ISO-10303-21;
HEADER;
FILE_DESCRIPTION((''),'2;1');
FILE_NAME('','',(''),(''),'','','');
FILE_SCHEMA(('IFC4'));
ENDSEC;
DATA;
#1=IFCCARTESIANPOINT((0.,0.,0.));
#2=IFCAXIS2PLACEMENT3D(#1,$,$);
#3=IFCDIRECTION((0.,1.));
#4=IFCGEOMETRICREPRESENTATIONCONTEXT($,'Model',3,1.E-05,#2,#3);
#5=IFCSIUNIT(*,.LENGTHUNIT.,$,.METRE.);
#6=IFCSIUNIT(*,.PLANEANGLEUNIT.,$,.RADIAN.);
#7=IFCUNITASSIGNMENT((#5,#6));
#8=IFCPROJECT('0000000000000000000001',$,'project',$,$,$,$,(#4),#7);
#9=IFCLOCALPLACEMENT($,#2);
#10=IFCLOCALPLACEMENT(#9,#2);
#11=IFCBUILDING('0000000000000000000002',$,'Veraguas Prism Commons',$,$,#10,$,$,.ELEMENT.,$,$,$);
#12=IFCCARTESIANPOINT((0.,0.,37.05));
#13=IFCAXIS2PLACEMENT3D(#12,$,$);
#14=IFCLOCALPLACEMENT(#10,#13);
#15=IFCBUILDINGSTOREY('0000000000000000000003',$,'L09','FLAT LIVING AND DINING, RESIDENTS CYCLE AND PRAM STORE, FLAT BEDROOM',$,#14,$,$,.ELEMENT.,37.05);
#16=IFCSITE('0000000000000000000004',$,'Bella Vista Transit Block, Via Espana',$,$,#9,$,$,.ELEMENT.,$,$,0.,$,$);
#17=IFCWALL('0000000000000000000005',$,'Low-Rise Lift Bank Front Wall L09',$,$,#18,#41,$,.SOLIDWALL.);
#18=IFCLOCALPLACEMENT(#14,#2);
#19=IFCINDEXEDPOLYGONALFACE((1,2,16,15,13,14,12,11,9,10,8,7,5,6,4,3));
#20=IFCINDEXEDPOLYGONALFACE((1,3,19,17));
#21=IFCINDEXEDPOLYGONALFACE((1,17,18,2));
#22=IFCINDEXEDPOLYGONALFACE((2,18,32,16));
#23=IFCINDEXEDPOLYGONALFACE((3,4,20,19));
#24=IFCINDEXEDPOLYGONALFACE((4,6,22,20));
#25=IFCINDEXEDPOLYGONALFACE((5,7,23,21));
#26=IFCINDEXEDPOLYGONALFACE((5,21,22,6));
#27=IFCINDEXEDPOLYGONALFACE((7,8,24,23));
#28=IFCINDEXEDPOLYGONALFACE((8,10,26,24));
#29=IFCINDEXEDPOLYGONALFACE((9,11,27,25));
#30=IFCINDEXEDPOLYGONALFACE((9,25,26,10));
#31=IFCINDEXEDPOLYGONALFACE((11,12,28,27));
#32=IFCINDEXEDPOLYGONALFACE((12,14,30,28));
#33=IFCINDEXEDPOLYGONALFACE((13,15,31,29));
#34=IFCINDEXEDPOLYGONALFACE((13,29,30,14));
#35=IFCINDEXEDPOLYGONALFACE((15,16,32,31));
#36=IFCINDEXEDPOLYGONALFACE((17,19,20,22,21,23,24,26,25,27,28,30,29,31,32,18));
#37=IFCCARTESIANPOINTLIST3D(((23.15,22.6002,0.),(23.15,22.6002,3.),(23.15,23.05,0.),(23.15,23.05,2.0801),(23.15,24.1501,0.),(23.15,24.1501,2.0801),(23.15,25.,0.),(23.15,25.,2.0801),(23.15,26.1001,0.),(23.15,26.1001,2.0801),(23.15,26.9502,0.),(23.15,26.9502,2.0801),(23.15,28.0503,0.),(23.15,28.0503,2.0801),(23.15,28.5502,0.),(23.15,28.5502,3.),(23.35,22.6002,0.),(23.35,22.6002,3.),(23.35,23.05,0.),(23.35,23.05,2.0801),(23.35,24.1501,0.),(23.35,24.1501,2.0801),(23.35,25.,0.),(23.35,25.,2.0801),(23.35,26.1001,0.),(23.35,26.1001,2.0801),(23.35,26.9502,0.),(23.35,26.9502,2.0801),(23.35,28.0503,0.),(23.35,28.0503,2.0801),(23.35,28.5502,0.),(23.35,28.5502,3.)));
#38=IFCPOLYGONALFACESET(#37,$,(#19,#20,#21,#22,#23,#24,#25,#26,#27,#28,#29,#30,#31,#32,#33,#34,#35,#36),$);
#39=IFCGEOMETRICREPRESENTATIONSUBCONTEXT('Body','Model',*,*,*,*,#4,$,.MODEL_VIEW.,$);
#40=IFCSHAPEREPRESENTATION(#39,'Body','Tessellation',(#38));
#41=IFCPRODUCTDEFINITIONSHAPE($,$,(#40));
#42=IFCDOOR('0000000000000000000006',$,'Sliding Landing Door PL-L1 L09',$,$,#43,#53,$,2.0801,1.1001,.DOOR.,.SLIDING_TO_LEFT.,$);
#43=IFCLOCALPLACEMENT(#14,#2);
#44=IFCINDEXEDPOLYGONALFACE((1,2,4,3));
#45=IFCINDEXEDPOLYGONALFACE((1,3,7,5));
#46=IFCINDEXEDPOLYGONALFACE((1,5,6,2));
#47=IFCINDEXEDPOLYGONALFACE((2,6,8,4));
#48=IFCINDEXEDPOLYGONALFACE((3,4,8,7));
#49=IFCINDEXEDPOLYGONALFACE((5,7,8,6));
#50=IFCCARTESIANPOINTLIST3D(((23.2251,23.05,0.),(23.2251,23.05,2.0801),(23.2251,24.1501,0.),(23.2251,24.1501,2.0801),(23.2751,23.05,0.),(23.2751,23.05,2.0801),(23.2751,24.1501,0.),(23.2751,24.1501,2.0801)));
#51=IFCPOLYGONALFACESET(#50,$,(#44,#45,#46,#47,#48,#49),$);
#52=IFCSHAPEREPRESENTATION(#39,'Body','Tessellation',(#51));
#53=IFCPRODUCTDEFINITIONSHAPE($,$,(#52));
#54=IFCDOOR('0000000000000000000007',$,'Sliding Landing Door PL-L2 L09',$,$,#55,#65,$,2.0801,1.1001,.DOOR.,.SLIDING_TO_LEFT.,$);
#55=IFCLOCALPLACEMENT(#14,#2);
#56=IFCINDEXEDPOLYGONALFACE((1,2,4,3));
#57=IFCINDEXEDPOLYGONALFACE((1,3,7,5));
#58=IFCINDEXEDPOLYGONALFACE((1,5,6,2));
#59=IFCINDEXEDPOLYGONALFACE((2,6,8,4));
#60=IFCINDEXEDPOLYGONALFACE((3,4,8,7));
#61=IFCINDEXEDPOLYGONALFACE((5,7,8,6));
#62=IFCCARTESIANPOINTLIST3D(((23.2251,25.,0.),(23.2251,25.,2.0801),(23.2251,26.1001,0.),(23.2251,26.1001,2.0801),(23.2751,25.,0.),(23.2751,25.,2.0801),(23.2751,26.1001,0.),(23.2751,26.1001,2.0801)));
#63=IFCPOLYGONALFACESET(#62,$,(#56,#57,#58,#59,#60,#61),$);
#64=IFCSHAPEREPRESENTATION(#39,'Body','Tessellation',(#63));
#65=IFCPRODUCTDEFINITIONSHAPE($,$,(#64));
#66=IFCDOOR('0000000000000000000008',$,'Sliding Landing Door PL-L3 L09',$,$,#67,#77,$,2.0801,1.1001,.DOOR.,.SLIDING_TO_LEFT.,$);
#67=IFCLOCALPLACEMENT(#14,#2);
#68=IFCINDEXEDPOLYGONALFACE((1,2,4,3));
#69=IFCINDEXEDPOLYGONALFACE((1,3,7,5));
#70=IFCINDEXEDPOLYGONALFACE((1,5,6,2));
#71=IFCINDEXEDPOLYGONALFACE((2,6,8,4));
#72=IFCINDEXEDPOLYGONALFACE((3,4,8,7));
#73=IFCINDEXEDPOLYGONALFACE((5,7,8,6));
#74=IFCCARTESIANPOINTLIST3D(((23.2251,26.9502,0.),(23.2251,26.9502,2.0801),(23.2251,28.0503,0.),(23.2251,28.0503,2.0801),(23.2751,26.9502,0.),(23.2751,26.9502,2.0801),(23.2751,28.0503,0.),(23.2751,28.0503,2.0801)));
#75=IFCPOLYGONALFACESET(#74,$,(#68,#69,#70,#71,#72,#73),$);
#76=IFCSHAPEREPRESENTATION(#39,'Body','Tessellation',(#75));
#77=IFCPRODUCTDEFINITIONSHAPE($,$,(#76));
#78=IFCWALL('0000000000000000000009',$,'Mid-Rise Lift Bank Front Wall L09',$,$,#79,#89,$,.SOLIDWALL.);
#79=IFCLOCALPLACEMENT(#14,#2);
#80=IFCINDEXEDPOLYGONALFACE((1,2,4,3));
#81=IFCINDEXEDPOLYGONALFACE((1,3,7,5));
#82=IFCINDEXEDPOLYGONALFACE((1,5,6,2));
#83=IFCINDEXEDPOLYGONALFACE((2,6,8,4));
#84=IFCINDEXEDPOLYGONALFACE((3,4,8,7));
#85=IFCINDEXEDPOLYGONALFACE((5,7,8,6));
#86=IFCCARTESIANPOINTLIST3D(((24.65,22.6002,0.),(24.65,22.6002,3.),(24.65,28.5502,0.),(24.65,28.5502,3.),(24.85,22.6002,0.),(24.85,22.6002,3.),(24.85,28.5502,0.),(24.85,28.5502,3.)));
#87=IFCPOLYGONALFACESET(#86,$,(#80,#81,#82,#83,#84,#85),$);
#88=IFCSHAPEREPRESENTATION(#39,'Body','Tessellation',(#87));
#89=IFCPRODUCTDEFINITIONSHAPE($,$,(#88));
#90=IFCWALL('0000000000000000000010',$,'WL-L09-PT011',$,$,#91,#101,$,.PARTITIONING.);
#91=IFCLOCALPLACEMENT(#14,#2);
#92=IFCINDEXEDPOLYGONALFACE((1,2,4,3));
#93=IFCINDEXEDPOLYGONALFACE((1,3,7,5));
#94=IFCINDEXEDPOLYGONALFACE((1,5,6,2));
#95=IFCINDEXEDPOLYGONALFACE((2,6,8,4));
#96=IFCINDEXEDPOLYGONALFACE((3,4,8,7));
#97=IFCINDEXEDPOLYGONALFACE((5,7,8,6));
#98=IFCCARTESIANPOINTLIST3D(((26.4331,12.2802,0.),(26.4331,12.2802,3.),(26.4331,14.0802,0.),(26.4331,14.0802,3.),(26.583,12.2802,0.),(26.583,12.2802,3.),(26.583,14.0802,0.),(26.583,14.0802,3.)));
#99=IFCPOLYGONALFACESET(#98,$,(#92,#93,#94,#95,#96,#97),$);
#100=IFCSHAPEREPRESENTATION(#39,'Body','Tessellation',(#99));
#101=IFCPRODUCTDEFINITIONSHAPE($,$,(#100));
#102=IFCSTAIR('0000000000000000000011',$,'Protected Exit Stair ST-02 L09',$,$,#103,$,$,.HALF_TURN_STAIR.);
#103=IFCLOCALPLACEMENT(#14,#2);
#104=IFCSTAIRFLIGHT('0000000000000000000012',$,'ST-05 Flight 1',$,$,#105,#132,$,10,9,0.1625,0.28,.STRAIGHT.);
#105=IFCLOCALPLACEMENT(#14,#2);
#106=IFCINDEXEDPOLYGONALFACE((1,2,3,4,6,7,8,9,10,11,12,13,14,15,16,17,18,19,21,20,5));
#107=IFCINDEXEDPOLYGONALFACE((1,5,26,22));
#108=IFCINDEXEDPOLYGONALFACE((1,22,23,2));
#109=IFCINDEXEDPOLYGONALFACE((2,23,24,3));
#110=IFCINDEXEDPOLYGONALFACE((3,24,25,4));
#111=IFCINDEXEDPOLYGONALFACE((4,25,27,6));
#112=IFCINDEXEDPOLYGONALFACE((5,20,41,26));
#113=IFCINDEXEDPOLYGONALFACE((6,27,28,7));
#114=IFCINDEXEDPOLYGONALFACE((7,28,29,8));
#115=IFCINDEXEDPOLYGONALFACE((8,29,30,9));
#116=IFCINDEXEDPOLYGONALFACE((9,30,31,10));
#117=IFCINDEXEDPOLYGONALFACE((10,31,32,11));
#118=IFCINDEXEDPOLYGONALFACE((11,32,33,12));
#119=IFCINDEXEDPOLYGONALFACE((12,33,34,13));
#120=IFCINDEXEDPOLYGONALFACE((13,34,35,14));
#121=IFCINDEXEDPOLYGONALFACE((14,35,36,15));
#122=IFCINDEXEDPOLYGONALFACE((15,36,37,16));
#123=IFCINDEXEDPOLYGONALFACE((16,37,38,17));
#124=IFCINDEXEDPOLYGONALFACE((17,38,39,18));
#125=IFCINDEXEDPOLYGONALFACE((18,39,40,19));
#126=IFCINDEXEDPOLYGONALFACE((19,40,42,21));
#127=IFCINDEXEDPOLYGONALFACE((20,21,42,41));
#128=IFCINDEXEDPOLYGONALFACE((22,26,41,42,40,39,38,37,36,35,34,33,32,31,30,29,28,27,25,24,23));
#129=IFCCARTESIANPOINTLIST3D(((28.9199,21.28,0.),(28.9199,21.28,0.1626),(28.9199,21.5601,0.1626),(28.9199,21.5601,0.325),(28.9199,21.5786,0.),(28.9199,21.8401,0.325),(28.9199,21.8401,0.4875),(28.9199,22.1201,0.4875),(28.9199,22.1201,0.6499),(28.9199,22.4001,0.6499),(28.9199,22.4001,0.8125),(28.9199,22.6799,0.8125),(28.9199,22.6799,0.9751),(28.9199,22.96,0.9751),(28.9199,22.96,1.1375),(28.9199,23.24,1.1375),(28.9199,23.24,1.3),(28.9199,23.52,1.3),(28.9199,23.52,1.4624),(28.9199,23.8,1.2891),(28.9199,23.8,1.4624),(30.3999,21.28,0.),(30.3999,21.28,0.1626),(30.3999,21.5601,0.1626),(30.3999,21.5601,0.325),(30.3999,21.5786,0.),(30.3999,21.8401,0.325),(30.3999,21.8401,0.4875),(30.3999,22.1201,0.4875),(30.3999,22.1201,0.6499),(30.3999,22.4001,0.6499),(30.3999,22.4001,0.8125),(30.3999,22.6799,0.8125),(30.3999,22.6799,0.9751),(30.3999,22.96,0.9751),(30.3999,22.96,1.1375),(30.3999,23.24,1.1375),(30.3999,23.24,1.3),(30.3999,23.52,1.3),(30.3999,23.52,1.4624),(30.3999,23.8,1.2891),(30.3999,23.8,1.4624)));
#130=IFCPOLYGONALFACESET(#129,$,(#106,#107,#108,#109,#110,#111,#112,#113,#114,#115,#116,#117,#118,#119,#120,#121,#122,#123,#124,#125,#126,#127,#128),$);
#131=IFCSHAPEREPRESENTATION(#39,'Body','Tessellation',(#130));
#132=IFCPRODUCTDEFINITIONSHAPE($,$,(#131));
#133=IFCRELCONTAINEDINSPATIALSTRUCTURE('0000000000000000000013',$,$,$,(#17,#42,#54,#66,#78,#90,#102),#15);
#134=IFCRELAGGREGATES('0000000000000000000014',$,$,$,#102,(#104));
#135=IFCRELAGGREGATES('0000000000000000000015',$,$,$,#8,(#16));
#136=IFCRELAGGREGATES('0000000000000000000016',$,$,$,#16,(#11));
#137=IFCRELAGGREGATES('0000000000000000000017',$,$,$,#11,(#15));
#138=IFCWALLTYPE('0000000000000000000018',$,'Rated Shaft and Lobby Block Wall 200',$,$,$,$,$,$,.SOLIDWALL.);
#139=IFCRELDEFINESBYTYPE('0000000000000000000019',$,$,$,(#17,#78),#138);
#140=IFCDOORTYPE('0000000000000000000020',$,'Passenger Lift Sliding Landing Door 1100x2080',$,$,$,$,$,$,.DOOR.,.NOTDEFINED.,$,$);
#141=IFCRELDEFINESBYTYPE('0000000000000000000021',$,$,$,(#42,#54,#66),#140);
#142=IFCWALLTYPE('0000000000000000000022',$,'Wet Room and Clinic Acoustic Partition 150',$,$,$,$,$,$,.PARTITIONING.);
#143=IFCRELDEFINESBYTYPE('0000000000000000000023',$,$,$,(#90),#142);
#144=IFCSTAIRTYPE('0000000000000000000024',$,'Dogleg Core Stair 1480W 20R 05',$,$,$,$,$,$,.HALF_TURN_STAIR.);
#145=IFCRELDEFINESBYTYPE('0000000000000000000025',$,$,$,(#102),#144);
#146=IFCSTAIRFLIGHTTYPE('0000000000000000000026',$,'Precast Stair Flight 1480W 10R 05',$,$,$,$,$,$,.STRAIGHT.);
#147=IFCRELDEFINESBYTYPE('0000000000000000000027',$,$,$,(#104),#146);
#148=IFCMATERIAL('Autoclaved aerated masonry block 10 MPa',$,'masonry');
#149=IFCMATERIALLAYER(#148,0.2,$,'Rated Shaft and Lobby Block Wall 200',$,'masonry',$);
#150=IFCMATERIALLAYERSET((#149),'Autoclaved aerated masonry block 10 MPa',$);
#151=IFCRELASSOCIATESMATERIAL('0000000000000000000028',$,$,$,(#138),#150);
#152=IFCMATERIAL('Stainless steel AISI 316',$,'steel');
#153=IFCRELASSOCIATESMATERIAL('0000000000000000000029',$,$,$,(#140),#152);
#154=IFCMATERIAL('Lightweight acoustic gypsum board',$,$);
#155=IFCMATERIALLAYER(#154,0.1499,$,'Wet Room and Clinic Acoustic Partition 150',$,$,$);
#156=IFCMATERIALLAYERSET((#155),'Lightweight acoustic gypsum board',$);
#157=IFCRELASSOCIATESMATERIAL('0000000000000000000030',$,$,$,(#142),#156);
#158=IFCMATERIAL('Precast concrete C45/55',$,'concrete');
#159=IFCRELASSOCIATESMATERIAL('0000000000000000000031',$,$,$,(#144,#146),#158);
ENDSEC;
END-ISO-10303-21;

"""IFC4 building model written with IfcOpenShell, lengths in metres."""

from ifc_helpers import new_model, si_unit, direction, frame, frame_2d, origin, place, context, subcontext, project, spatial, polyline, rectangle, outline, extrude, source, transform, mapped, material, layer, layer_set, type_object, element, fill, aggregate, save


model = new_model("IFC4")

# Units and contexts
model_context = context("Model", 3, precision=1e-05, world=origin(), true_north=direction((0.0, 1.0)))
body_context = subcontext(model_context, "Body", "Model", "MODEL_VIEW")
ifc_project = project(units=[si_unit("LENGTHUNIT", "METRE"), si_unit("PLANEANGLEUNIT", "RADIAN")], contexts=[model_context])

# Site, building, storey
site_placement = place(None, origin())
site = spatial("IfcSite", under=ifc_project, at=site_placement, Name="Bella Vista Transit Block, Via Espana", CompositionType="ELEMENT", RefElevation=0.0)
building_placement = place(site_placement, origin())
building = spatial("IfcBuilding", under=site, at=building_placement, Name="Veraguas Prism Commons", CompositionType="ELEMENT")
storey_placement = place(building_placement, frame((0.0, 0.0, 37.05)))
storey = spatial("IfcBuildingStorey", under=building, at=storey_placement, Name="L09", Description="FLAT LIVING AND DINING, RESIDENTS CYCLE AND PRAM STORE, FLAT BEDROOM", CompositionType="ELEMENT", Elevation=37.05)

# Shared definitions
ifc_material_1 = material(Name="Autoclaved aerated masonry block 10 MPa", Category="masonry")
ifc_material_2 = material(Name="Lightweight acoustic gypsum board")
ifc_layer_1 = layer(ifc_material_1, 0.2, Name="Rated Shaft and Lobby Block Wall 200", Category="masonry")
ifc_layer_set_1 = layer_set([ifc_layer_1], Name="Autoclaved aerated masonry block 10 MPa")
wall_type_1 = type_object("IfcWallType", Name="Rated Shaft and Lobby Block Wall 200", PredefinedType="SOLIDWALL", material=ifc_layer_set_1)
ifc_material_3 = material(Name="Stainless steel AISI 316", Category="steel")

# Wall, openings, doors
wall_1_placement = place(storey_placement, frame((23.25, 22.6001, 0.0), z_axis=(0.0, 0.0, 1.0), x_axis=(0.0, 1.0, 0.0)))
wall_1 = element("IfcWall", 1, at=wall_1_placement, inside=storey, type_object=wall_type_1, Name="Low-Rise Lift Bank Front Wall L09", PredefinedType="SOLIDWALL", context=body_context, shape_type="SweptSolid", body=[
    extrude(rectangle(XDim=5.95, YDim=0.2, at=frame_2d((2.9751, 0.0))), origin(), (0.0, 0.0, 1.0), 3.0),
])
opening_1_placement = place(wall_1_placement, frame((0.45, 0.0, 0.0)))
opening_1 = element("IfcOpeningElement", 2, at=opening_1_placement, cuts=wall_1, PredefinedType="OPENING", context=body_context, shape_type="SweptSolid", body=[
    extrude(rectangle(XDim=1.1001, YDim=2.0801, at=frame_2d((0.55, 1.04))), frame((0.0, 0.1099, 0.0), z_axis=(0.0, -1.0, 0.0), x_axis=(1.0, 0.0, 0.0)), (0.0, 0.0, 1.0), 0.22),
])
opening_2_placement = place(wall_1_placement, frame((2.3999, 0.0, 0.0)))
opening_2 = element("IfcOpeningElement", 3, at=opening_2_placement, cuts=wall_1, PredefinedType="OPENING", context=body_context, shape_type="SweptSolid", body=[
    extrude(rectangle(XDim=1.1001, YDim=2.0801, at=frame_2d((0.55, 1.04))), frame((0.0, 0.1099, 0.0), z_axis=(0.0, -1.0, 0.0), x_axis=(1.0, 0.0, 0.0)), (0.0, 0.0, 1.0), 0.22),
])
opening_3_placement = place(wall_1_placement, frame((4.3501, 0.0, 0.0)))
opening_3 = element("IfcOpeningElement", 4, at=opening_3_placement, cuts=wall_1, PredefinedType="OPENING", context=body_context, shape_type="SweptSolid", body=[
    extrude(rectangle(XDim=1.1001, YDim=2.0801, at=frame_2d((0.55, 1.04))), frame((0.0, 0.1099, 0.0), z_axis=(0.0, -1.0, 0.0), x_axis=(1.0, 0.0, 0.0)), (0.0, 0.0, 1.0), 0.22),
])
door_type_1 = type_object("IfcDoorType", Name="Passenger Lift Sliding Landing Door 1100x2080", OperationType="NOTDEFINED", PredefinedType="DOOR", material=ifc_material_3)
shared_shape_1 = source(origin(), body_context, "Body", "SweptSolid", [
    extrude(rectangle(XDim=1.1001, YDim=2.0801, at=frame_2d((0.55, 1.04))), frame((0.0, 0.0249, 0.0), z_axis=(0.0, -1.0, 0.0), x_axis=(1.0, 0.0, 0.0)), (0.0, 0.0, 1.0), 0.05),
])
door_1_placement = place(opening_1_placement, origin())
door_1 = element("IfcDoor", 5, at=door_1_placement, inside=storey, type_object=door_type_1, Name="Sliding Landing Door PL-L1 L09", OperationType="SLIDING_TO_LEFT", OverallHeight=2.0801, OverallWidth=1.1001, PredefinedType="DOOR", context=body_context, shape_type="MappedRepresentation", body=[
    mapped(shared_shape_1, transform((0.0, 0.0, 0.0), scale=1.0)),
])
fill(opening_1, door_1)
door_2_placement = place(opening_2_placement, origin())
door_2 = element("IfcDoor", 6, at=door_2_placement, inside=storey, type_object=door_type_1, Name="Sliding Landing Door PL-L2 L09", OperationType="SLIDING_TO_LEFT", OverallHeight=2.0801, OverallWidth=1.1001, PredefinedType="DOOR", context=body_context, shape_type="MappedRepresentation", body=[
    mapped(shared_shape_1, transform((0.0, 0.0, 0.0), scale=1.0)),
])
fill(opening_2, door_2)
door_3_placement = place(opening_3_placement, origin())
door_3 = element("IfcDoor", 7, at=door_3_placement, inside=storey, type_object=door_type_1, Name="Sliding Landing Door PL-L3 L09", OperationType="SLIDING_TO_LEFT", OverallHeight=2.0801, OverallWidth=1.1001, PredefinedType="DOOR", context=body_context, shape_type="MappedRepresentation", body=[
    mapped(shared_shape_1, transform((0.0, 0.0, 0.0), scale=1.0)),
])
fill(opening_3, door_3)

# Walls
wall_2_placement = place(storey_placement, frame((24.75, 22.6001, 0.0), z_axis=(0.0, 0.0, 1.0), x_axis=(0.0, 1.0, 0.0)))
element("IfcWall", 8, at=wall_2_placement, inside=storey, type_object=wall_type_1, Name="Mid-Rise Lift Bank Front Wall L09", PredefinedType="SOLIDWALL", context=body_context, shape_type="SweptSolid", body=[
    extrude(rectangle(XDim=5.95, YDim=0.2, at=frame_2d((2.9751, 0.0))), origin(), (0.0, 0.0, 1.0), 3.0),
])
ifc_layer_2 = layer(ifc_material_2, 0.1499, Name="Wet Room and Clinic Acoustic Partition 150")
ifc_layer_set_2 = layer_set([ifc_layer_2], Name="Lightweight acoustic gypsum board")
wall_type_2 = type_object("IfcWallType", Name="Wet Room and Clinic Acoustic Partition 150", PredefinedType="PARTITIONING", material=ifc_layer_set_2)
wall_3_placement = place(storey_placement, frame((26.5081, 14.0801, 0.0), z_axis=(0.0, 0.0, 1.0), x_axis=(0.0, -1.0, 0.0)))
element("IfcWall", 9, at=wall_3_placement, inside=storey, type_object=wall_type_2, Name="WL-L09-PT011", PredefinedType="PARTITIONING", context=body_context, shape_type="SweptSolid", body=[
    extrude(rectangle(XDim=1.8, YDim=0.1499, at=frame_2d((0.8999, 0.0))), origin(), (0.0, 0.0, 1.0), 3.0),
])

# Stair, stair flight
ifc_material_4 = material(Name="Precast concrete C45/55", Category="concrete")
stair_type = type_object("IfcStairType", Name="Dogleg Core Stair 1480W 20R 05", PredefinedType="HALF_TURN_STAIR", material=ifc_material_4)
stair_placement = place(storey_placement, origin())
stair = element("IfcStair", 10, at=stair_placement, inside=storey, type_object=stair_type, Name="Protected Exit Stair ST-02 L09", PredefinedType="HALF_TURN_STAIR")
stair_flight_type = type_object("IfcStairFlightType", Name="Precast Stair Flight 1480W 10R 05", PredefinedType="STRAIGHT", material=ifc_material_4)
stair_flight_placement = place(storey_placement, frame((29.6599, 21.28, 0.0), z_axis=(0.0, 0.0, 1.0), x_axis=(0.0, 1.0, 0.0)))
stair_flight = element("IfcStairFlight", 11, at=stair_flight_placement, type_object=stair_flight_type, Name="ST-05 Flight 1", NumberOfRisers=10, NumberOfTreads=9, PredefinedType="STRAIGHT", RiserHeight=0.1625, TreadLength=0.28, context=body_context, shape_type="SweptSolid", body=[
    extrude(outline(polyline([(0.0, 0.0), (0.0, 0.1626), (0.28, 0.1626), (0.28, 0.325), (0.5601, 0.325), (0.5601, 0.4875), (0.8401, 0.4875), (0.8401, 0.6499), (1.1201, 0.6499), (1.1201, 0.8125), (1.3999, 0.8125), (1.3999, 0.9751), (1.6799, 0.9751), (1.6799, 1.1375), (1.96, 1.1375), (1.96, 1.3), (2.24, 1.3), (2.24, 1.4624), (2.52, 1.4624), (2.52, 1.625), (2.52, 1.2891), (0.2986, 0.0), (0.0, 0.0)])), frame((0.0, 0.74, 0.0), z_axis=(0.0, -1.0, 0.0), x_axis=(1.0, 0.0, 0.0)), (0.0, 0.0, 1.0), 1.48),
])
aggregate(stair, [stair_flight])

save(model, "model.ifc")
